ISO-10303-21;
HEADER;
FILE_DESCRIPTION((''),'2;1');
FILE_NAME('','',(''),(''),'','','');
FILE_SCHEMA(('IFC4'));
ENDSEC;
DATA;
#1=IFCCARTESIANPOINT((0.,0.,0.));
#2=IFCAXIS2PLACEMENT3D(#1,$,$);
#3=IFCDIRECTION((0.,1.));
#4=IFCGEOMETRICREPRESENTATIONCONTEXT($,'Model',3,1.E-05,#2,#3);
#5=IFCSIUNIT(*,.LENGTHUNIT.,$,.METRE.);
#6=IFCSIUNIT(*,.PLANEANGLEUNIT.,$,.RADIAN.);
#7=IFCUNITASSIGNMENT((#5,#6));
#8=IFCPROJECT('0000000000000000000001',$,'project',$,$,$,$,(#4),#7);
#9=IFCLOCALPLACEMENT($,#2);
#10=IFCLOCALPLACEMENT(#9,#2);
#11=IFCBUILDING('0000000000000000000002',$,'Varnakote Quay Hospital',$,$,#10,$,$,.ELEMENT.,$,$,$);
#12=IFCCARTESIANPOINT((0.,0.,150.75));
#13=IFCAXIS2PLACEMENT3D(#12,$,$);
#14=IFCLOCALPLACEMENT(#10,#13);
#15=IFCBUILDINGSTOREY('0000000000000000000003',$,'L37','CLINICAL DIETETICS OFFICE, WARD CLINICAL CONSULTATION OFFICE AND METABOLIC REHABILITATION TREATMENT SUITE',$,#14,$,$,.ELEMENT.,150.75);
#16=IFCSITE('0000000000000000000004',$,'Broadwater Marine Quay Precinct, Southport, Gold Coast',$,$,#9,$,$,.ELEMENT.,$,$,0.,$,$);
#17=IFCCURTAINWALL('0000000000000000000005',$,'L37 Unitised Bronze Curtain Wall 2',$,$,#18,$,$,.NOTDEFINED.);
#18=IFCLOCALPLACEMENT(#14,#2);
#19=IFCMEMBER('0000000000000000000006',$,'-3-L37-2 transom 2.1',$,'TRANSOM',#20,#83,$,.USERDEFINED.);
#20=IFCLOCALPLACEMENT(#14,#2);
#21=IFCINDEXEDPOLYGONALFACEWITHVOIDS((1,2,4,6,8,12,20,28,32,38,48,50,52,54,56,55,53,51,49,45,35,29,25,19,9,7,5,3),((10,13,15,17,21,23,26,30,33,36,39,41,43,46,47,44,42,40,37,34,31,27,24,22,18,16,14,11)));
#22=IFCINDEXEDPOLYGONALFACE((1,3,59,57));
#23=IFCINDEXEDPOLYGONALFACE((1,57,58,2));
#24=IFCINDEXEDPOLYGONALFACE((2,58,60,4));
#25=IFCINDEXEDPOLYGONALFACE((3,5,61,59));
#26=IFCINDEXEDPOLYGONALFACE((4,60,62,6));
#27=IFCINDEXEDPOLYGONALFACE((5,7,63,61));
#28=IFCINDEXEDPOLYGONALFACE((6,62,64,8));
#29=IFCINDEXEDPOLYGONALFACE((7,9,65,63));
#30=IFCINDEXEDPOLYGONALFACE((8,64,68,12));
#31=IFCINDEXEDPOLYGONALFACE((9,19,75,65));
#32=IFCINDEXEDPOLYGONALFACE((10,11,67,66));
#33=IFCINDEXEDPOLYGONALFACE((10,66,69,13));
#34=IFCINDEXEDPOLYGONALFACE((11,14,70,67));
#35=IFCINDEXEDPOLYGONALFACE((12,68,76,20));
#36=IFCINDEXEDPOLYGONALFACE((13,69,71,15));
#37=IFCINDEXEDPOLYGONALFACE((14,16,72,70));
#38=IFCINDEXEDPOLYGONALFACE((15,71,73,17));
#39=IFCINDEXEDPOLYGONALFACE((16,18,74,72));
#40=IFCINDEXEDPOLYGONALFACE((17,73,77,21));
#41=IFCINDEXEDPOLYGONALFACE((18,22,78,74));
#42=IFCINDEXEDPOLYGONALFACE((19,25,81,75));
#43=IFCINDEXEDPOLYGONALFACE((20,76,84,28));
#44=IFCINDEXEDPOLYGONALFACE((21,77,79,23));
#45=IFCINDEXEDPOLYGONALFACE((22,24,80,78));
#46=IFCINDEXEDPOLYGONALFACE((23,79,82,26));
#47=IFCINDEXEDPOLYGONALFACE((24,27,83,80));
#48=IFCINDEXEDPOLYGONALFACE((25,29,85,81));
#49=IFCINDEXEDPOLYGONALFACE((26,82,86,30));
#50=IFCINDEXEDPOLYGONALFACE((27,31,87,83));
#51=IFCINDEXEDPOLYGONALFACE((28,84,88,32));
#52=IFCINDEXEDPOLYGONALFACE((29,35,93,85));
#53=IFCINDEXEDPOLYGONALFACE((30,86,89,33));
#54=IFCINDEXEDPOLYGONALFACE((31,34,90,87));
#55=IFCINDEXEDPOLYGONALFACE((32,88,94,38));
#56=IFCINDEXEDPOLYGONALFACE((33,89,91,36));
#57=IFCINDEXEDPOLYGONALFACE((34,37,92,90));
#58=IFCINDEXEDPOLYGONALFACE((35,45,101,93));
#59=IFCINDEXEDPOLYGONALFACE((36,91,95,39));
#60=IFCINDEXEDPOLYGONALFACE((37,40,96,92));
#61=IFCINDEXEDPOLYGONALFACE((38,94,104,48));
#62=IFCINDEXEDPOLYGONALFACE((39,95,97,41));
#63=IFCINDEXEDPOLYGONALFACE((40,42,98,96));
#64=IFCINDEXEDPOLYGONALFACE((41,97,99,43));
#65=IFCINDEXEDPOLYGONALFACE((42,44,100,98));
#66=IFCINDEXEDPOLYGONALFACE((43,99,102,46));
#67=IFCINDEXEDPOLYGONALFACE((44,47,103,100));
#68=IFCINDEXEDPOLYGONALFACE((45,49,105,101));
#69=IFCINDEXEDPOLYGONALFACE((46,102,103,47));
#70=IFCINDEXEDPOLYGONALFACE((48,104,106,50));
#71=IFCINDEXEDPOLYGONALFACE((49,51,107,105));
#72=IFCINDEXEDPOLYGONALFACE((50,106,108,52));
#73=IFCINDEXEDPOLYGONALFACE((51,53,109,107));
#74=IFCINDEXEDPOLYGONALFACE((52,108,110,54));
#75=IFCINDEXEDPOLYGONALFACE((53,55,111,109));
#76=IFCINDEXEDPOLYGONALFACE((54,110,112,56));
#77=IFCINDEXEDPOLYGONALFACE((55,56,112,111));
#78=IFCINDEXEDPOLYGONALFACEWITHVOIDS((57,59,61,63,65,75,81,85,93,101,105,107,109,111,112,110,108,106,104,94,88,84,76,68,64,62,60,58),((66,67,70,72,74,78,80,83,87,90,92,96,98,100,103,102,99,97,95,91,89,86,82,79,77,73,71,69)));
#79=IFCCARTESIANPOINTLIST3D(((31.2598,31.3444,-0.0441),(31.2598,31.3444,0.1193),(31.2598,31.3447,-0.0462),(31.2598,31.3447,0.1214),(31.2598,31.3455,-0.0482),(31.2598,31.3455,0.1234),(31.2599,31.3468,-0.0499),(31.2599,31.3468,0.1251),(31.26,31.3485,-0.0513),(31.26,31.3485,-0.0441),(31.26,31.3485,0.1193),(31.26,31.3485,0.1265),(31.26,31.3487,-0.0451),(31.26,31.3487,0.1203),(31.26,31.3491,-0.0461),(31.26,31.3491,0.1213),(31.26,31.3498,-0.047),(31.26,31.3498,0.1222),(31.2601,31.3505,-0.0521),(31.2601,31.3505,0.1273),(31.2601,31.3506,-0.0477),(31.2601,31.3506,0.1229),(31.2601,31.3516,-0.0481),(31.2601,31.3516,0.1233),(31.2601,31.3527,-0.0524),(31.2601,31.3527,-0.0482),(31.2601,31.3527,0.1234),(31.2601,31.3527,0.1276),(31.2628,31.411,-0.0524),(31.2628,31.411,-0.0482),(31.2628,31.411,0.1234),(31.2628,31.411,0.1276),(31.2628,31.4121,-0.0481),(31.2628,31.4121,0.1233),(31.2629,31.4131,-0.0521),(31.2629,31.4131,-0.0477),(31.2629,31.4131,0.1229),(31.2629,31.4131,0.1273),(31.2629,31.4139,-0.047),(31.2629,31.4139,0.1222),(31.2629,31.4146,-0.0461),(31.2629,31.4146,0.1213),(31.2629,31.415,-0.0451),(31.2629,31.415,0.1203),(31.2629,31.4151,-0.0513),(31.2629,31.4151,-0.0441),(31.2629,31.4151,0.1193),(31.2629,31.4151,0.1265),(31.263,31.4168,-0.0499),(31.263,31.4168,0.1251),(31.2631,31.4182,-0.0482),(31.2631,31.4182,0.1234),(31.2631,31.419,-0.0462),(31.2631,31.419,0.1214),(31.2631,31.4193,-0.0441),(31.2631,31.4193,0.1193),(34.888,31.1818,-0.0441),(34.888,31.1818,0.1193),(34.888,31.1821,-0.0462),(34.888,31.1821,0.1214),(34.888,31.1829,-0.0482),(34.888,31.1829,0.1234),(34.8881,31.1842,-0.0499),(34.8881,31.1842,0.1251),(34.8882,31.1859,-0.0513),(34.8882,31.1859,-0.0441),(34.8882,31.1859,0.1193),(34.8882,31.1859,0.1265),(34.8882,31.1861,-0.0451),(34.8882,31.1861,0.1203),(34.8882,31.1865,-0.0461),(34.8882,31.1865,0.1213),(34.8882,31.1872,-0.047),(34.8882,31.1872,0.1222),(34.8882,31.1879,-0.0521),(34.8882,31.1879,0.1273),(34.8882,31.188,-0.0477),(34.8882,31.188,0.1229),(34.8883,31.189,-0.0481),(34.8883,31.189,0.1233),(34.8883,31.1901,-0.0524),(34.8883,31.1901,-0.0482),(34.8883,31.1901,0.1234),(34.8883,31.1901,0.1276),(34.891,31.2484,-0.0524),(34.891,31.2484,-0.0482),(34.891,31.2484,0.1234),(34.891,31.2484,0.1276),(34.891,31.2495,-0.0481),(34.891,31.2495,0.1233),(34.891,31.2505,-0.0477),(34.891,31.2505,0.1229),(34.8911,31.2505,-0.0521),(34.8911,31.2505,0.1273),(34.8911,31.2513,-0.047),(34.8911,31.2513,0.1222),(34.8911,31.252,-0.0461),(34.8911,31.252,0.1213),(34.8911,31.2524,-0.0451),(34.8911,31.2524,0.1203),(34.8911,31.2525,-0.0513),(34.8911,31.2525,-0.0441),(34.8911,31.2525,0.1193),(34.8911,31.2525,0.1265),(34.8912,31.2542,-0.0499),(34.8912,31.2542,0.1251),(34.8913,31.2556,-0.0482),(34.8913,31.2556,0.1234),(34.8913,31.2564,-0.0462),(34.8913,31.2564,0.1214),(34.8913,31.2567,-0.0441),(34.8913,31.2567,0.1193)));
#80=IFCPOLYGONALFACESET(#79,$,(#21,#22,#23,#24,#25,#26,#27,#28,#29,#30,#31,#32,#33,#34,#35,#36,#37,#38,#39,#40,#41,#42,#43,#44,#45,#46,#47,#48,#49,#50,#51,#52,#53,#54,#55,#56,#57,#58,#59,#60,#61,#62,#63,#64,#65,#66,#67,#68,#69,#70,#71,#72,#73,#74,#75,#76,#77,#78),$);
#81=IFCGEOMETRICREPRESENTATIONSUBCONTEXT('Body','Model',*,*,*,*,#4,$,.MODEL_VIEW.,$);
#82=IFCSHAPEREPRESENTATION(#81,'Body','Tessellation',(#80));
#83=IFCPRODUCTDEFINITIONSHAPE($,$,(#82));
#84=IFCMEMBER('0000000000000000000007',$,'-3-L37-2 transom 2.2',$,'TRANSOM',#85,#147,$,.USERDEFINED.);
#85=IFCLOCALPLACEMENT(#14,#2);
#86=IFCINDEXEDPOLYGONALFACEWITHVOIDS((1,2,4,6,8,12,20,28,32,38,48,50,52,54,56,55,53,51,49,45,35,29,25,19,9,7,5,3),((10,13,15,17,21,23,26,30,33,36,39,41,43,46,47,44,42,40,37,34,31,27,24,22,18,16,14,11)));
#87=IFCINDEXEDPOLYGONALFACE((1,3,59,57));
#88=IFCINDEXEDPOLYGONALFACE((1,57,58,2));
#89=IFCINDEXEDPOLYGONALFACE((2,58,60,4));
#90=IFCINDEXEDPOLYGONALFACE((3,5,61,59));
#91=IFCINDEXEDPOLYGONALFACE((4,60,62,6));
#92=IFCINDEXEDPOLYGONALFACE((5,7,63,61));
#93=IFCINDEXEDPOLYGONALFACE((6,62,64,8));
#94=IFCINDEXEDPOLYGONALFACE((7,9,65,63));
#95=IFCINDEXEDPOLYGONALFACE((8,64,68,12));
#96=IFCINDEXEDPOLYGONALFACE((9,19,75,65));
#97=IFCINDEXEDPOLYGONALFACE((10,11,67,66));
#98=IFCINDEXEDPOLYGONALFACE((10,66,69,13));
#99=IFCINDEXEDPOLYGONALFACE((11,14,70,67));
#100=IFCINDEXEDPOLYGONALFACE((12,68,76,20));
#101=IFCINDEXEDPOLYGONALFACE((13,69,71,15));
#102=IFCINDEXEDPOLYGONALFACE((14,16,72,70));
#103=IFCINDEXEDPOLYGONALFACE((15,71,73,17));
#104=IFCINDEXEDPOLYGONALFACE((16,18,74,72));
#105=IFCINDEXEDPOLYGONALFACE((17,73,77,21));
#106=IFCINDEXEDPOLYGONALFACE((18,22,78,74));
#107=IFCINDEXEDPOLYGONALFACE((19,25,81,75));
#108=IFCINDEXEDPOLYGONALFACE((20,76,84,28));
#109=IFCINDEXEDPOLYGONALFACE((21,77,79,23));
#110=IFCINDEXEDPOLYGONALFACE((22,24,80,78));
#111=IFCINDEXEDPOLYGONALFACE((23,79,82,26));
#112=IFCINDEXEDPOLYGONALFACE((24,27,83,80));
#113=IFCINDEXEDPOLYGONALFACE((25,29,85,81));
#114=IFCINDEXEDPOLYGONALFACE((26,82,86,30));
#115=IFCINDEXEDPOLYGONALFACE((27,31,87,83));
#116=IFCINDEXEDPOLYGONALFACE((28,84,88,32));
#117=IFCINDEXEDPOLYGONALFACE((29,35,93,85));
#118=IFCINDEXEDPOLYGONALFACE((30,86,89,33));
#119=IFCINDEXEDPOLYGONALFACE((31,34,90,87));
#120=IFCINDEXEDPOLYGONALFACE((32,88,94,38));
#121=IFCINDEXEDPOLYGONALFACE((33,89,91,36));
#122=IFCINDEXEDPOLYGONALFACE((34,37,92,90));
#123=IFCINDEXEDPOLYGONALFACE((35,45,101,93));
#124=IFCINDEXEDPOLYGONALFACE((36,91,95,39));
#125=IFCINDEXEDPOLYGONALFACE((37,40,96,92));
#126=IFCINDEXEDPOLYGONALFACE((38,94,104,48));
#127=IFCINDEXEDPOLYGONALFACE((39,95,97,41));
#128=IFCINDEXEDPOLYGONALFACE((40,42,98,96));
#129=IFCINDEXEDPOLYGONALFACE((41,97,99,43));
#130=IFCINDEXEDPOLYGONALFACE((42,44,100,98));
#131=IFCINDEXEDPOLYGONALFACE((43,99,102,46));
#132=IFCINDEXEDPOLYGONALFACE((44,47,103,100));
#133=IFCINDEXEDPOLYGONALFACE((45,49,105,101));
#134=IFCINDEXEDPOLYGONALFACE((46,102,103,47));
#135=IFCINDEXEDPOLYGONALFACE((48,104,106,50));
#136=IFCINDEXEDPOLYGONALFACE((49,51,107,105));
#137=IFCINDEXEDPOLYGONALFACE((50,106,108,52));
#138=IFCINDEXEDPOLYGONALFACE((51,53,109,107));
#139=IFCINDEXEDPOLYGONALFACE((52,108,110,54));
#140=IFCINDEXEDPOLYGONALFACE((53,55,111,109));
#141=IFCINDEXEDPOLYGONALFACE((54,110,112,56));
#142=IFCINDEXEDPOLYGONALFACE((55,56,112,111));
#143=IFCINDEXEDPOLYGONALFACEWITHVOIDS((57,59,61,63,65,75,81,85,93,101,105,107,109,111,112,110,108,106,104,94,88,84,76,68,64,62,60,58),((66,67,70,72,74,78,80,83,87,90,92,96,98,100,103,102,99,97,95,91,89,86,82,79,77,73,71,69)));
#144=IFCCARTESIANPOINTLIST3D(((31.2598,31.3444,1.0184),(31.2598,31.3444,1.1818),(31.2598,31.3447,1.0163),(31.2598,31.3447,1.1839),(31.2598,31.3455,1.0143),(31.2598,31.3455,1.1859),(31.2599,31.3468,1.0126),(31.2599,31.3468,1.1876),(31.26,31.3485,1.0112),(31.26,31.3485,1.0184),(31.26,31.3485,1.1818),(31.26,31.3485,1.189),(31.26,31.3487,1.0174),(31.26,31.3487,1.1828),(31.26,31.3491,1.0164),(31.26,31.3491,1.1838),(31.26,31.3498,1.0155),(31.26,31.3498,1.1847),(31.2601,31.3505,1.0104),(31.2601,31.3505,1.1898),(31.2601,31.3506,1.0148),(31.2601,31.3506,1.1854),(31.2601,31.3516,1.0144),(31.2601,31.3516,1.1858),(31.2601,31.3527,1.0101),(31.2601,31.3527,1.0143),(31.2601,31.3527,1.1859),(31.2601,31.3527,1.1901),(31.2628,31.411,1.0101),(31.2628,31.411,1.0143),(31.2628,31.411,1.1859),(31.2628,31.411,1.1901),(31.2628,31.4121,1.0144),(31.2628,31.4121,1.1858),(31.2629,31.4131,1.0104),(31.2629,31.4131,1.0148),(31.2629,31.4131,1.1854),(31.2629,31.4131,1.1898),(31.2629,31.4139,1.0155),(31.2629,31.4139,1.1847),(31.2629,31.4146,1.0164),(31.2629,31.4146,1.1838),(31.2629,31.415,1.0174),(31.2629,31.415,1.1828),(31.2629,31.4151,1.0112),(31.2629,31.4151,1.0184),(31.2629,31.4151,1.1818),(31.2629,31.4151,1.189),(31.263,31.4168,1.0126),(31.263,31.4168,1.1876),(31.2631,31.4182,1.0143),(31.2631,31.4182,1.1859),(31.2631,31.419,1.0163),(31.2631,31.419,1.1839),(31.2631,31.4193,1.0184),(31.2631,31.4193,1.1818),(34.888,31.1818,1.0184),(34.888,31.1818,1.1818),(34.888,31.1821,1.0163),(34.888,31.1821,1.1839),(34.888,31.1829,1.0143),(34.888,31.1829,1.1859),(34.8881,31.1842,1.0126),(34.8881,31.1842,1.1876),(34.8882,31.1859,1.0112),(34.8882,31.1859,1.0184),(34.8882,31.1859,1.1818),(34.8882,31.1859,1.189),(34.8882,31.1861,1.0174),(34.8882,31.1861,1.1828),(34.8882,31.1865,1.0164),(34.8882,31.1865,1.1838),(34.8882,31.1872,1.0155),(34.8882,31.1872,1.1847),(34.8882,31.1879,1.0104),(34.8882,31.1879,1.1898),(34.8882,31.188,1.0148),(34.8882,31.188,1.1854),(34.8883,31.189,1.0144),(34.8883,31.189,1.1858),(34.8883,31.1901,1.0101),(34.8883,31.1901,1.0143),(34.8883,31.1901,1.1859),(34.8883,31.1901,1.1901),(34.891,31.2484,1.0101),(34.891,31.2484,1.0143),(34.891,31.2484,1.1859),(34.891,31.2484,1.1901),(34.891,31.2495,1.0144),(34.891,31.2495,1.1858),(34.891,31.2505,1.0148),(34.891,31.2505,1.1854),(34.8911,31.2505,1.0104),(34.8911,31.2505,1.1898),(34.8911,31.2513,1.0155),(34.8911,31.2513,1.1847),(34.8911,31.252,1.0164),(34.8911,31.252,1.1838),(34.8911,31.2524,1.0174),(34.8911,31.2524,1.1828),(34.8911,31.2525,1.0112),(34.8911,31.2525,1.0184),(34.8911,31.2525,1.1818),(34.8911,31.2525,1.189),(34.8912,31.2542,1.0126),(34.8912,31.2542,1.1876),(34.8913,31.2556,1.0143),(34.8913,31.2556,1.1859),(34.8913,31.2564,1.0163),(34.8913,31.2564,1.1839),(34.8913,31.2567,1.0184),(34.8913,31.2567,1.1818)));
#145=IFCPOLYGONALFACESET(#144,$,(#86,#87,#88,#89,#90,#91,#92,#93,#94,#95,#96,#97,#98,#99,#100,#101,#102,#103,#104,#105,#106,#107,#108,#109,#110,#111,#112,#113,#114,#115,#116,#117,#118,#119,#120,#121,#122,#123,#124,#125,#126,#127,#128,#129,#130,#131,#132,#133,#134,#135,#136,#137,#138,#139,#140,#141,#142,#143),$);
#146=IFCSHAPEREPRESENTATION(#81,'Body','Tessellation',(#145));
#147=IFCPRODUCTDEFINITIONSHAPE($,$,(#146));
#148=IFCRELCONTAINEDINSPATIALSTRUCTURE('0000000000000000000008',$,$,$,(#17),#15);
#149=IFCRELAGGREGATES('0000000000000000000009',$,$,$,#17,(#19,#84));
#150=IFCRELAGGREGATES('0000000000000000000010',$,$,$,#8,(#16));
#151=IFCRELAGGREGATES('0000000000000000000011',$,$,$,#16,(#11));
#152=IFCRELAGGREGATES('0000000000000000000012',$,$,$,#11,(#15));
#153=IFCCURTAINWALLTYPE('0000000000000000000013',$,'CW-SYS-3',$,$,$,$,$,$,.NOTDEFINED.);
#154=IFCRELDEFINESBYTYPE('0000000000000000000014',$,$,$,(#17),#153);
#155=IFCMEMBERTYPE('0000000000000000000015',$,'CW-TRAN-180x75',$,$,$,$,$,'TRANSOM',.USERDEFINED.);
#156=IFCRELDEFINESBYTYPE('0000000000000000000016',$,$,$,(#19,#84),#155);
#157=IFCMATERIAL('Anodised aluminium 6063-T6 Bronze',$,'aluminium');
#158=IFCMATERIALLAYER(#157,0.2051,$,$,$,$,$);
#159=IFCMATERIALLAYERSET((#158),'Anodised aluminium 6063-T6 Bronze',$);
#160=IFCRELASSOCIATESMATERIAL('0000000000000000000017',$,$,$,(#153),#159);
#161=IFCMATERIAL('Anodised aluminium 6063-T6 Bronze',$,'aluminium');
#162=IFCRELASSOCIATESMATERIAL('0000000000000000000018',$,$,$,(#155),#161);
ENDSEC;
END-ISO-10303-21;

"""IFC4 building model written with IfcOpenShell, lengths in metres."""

from ifc_helpers import new_model, si_unit, direction, frame, origin, origin_2d, place, context, subcontext, project, spatial, hollow_rectangle, extrude, material, layer, layer_set, material_profile, profile_set, type_object, element, aggregate, save


model = new_model("IFC4")

# Units and contexts
model_context = context("Model", 3, precision=1e-05, world=origin(), true_north=direction((0.0, 1.0)))
body_context = subcontext(model_context, "Body", "Model", "MODEL_VIEW")
ifc_project = project(units=[si_unit("LENGTHUNIT", "METRE"), si_unit("PLANEANGLEUNIT", "RADIAN")], contexts=[model_context])

# Site, building, storey
site_placement = place(None, origin())
site = spatial("IfcSite", under=ifc_project, at=site_placement, Name="Broadwater Marine Quay Precinct, Southport, Gold Coast", CompositionType="ELEMENT", RefElevation=0.0)
building_placement = place(site_placement, origin())
building = spatial("IfcBuilding", under=site, at=building_placement, Name="Varnakote Quay Hospital", CompositionType="ELEMENT")
storey_placement = place(building_placement, frame((0.0, 0.0, 150.75)))
storey = spatial("IfcBuildingStorey", under=building, at=storey_placement, Name="L37", Description="CLINICAL DIETETICS OFFICE, WARD CLINICAL CONSULTATION OFFICE AND METABOLIC REHABILITATION TREATMENT SUITE", CompositionType="ELEMENT", Elevation=150.75)

# Shared definitions
ifc_material_1 = material(Name="Anodised aluminium 6063-T6 Bronze", Category="aluminium")
ifc_layer_1 = layer(ifc_material_1, 0.2051)
ifc_layer_set_1 = layer_set([ifc_layer_1], Name="Anodised aluminium 6063-T6 Bronze")
curtain_wall_type = type_object("IfcCurtainWallType", Name="CW-SYS-3", PredefinedType="NOTDEFINED", material=ifc_layer_set_1)

# Curtain wall, members
curtain_wall_1_placement = place(storey_placement, origin())
curtain_wall_1 = element("IfcCurtainWall", 1, at=curtain_wall_1_placement, inside=storey, type_object=curtain_wall_type, Name="L37 Unitised Bronze Curtain Wall 2", PredefinedType="NOTDEFINED")
ifc_material_2 = material(Name="Anodised aluminium 6063-T6 Bronze", Category="aluminium")
ifc_material_profile_1 = material_profile(ifc_material_2, hollow_rectangle(XDim=0.075, YDim=0.1799, WallThickness=0.0042, InnerFilletRadius=0.0042, OuterFilletRadius=0.0083, at=origin_2d()), Name="CW-TRAN-180x75")
ifc_profile_set_1 = profile_set([ifc_material_profile_1], Name="Anodised aluminium 6063-T6 Bronze")
member_type_1 = type_object("IfcMemberType", Name="CW-TRAN-180x75", ElementType="TRANSOM", PredefinedType="USERDEFINED", material=ifc_profile_set_1)
member_1_placement = place(storey_placement, frame((34.8896, 31.2192, 0.0376), z_axis=(-0.998997, 0.04477, 0.0), x_axis=(-0.04477, -0.998997, 0.0)))
member_1 = element("IfcMember", 2, at=member_1_placement, type_object=member_type_1, Name="-3-L37-2 transom 2.1", ObjectType="TRANSOM", PredefinedType="USERDEFINED", context=body_context, shape_type="SweptSolid", body=[
    extrude(hollow_rectangle(XDim=0.075, YDim=0.1799, WallThickness=0.0042, InnerFilletRadius=0.0042, OuterFilletRadius=0.0083, at=origin_2d()), origin(), (0.0, 0.0, 1.0), 3.6318),
])
member_2_placement = place(storey_placement, frame((34.8896, 31.2192, 1.1001), z_axis=(-0.998997, 0.04477, 0.0), x_axis=(-0.04477, -0.998997, 0.0)))
member_2 = element("IfcMember", 3, at=member_2_placement, type_object=member_type_1, Name="-3-L37-2 transom 2.2", ObjectType="TRANSOM", PredefinedType="USERDEFINED", context=body_context, shape_type="SweptSolid", body=[
    extrude(hollow_rectangle(XDim=0.075, YDim=0.1799, WallThickness=0.0042, InnerFilletRadius=0.0042, OuterFilletRadius=0.0083, at=origin_2d()), origin(), (0.0, 0.0, 1.0), 3.6318),
])

aggregate(curtain_wall_1, [member_1, member_2])

save(model, "model.ifc")
